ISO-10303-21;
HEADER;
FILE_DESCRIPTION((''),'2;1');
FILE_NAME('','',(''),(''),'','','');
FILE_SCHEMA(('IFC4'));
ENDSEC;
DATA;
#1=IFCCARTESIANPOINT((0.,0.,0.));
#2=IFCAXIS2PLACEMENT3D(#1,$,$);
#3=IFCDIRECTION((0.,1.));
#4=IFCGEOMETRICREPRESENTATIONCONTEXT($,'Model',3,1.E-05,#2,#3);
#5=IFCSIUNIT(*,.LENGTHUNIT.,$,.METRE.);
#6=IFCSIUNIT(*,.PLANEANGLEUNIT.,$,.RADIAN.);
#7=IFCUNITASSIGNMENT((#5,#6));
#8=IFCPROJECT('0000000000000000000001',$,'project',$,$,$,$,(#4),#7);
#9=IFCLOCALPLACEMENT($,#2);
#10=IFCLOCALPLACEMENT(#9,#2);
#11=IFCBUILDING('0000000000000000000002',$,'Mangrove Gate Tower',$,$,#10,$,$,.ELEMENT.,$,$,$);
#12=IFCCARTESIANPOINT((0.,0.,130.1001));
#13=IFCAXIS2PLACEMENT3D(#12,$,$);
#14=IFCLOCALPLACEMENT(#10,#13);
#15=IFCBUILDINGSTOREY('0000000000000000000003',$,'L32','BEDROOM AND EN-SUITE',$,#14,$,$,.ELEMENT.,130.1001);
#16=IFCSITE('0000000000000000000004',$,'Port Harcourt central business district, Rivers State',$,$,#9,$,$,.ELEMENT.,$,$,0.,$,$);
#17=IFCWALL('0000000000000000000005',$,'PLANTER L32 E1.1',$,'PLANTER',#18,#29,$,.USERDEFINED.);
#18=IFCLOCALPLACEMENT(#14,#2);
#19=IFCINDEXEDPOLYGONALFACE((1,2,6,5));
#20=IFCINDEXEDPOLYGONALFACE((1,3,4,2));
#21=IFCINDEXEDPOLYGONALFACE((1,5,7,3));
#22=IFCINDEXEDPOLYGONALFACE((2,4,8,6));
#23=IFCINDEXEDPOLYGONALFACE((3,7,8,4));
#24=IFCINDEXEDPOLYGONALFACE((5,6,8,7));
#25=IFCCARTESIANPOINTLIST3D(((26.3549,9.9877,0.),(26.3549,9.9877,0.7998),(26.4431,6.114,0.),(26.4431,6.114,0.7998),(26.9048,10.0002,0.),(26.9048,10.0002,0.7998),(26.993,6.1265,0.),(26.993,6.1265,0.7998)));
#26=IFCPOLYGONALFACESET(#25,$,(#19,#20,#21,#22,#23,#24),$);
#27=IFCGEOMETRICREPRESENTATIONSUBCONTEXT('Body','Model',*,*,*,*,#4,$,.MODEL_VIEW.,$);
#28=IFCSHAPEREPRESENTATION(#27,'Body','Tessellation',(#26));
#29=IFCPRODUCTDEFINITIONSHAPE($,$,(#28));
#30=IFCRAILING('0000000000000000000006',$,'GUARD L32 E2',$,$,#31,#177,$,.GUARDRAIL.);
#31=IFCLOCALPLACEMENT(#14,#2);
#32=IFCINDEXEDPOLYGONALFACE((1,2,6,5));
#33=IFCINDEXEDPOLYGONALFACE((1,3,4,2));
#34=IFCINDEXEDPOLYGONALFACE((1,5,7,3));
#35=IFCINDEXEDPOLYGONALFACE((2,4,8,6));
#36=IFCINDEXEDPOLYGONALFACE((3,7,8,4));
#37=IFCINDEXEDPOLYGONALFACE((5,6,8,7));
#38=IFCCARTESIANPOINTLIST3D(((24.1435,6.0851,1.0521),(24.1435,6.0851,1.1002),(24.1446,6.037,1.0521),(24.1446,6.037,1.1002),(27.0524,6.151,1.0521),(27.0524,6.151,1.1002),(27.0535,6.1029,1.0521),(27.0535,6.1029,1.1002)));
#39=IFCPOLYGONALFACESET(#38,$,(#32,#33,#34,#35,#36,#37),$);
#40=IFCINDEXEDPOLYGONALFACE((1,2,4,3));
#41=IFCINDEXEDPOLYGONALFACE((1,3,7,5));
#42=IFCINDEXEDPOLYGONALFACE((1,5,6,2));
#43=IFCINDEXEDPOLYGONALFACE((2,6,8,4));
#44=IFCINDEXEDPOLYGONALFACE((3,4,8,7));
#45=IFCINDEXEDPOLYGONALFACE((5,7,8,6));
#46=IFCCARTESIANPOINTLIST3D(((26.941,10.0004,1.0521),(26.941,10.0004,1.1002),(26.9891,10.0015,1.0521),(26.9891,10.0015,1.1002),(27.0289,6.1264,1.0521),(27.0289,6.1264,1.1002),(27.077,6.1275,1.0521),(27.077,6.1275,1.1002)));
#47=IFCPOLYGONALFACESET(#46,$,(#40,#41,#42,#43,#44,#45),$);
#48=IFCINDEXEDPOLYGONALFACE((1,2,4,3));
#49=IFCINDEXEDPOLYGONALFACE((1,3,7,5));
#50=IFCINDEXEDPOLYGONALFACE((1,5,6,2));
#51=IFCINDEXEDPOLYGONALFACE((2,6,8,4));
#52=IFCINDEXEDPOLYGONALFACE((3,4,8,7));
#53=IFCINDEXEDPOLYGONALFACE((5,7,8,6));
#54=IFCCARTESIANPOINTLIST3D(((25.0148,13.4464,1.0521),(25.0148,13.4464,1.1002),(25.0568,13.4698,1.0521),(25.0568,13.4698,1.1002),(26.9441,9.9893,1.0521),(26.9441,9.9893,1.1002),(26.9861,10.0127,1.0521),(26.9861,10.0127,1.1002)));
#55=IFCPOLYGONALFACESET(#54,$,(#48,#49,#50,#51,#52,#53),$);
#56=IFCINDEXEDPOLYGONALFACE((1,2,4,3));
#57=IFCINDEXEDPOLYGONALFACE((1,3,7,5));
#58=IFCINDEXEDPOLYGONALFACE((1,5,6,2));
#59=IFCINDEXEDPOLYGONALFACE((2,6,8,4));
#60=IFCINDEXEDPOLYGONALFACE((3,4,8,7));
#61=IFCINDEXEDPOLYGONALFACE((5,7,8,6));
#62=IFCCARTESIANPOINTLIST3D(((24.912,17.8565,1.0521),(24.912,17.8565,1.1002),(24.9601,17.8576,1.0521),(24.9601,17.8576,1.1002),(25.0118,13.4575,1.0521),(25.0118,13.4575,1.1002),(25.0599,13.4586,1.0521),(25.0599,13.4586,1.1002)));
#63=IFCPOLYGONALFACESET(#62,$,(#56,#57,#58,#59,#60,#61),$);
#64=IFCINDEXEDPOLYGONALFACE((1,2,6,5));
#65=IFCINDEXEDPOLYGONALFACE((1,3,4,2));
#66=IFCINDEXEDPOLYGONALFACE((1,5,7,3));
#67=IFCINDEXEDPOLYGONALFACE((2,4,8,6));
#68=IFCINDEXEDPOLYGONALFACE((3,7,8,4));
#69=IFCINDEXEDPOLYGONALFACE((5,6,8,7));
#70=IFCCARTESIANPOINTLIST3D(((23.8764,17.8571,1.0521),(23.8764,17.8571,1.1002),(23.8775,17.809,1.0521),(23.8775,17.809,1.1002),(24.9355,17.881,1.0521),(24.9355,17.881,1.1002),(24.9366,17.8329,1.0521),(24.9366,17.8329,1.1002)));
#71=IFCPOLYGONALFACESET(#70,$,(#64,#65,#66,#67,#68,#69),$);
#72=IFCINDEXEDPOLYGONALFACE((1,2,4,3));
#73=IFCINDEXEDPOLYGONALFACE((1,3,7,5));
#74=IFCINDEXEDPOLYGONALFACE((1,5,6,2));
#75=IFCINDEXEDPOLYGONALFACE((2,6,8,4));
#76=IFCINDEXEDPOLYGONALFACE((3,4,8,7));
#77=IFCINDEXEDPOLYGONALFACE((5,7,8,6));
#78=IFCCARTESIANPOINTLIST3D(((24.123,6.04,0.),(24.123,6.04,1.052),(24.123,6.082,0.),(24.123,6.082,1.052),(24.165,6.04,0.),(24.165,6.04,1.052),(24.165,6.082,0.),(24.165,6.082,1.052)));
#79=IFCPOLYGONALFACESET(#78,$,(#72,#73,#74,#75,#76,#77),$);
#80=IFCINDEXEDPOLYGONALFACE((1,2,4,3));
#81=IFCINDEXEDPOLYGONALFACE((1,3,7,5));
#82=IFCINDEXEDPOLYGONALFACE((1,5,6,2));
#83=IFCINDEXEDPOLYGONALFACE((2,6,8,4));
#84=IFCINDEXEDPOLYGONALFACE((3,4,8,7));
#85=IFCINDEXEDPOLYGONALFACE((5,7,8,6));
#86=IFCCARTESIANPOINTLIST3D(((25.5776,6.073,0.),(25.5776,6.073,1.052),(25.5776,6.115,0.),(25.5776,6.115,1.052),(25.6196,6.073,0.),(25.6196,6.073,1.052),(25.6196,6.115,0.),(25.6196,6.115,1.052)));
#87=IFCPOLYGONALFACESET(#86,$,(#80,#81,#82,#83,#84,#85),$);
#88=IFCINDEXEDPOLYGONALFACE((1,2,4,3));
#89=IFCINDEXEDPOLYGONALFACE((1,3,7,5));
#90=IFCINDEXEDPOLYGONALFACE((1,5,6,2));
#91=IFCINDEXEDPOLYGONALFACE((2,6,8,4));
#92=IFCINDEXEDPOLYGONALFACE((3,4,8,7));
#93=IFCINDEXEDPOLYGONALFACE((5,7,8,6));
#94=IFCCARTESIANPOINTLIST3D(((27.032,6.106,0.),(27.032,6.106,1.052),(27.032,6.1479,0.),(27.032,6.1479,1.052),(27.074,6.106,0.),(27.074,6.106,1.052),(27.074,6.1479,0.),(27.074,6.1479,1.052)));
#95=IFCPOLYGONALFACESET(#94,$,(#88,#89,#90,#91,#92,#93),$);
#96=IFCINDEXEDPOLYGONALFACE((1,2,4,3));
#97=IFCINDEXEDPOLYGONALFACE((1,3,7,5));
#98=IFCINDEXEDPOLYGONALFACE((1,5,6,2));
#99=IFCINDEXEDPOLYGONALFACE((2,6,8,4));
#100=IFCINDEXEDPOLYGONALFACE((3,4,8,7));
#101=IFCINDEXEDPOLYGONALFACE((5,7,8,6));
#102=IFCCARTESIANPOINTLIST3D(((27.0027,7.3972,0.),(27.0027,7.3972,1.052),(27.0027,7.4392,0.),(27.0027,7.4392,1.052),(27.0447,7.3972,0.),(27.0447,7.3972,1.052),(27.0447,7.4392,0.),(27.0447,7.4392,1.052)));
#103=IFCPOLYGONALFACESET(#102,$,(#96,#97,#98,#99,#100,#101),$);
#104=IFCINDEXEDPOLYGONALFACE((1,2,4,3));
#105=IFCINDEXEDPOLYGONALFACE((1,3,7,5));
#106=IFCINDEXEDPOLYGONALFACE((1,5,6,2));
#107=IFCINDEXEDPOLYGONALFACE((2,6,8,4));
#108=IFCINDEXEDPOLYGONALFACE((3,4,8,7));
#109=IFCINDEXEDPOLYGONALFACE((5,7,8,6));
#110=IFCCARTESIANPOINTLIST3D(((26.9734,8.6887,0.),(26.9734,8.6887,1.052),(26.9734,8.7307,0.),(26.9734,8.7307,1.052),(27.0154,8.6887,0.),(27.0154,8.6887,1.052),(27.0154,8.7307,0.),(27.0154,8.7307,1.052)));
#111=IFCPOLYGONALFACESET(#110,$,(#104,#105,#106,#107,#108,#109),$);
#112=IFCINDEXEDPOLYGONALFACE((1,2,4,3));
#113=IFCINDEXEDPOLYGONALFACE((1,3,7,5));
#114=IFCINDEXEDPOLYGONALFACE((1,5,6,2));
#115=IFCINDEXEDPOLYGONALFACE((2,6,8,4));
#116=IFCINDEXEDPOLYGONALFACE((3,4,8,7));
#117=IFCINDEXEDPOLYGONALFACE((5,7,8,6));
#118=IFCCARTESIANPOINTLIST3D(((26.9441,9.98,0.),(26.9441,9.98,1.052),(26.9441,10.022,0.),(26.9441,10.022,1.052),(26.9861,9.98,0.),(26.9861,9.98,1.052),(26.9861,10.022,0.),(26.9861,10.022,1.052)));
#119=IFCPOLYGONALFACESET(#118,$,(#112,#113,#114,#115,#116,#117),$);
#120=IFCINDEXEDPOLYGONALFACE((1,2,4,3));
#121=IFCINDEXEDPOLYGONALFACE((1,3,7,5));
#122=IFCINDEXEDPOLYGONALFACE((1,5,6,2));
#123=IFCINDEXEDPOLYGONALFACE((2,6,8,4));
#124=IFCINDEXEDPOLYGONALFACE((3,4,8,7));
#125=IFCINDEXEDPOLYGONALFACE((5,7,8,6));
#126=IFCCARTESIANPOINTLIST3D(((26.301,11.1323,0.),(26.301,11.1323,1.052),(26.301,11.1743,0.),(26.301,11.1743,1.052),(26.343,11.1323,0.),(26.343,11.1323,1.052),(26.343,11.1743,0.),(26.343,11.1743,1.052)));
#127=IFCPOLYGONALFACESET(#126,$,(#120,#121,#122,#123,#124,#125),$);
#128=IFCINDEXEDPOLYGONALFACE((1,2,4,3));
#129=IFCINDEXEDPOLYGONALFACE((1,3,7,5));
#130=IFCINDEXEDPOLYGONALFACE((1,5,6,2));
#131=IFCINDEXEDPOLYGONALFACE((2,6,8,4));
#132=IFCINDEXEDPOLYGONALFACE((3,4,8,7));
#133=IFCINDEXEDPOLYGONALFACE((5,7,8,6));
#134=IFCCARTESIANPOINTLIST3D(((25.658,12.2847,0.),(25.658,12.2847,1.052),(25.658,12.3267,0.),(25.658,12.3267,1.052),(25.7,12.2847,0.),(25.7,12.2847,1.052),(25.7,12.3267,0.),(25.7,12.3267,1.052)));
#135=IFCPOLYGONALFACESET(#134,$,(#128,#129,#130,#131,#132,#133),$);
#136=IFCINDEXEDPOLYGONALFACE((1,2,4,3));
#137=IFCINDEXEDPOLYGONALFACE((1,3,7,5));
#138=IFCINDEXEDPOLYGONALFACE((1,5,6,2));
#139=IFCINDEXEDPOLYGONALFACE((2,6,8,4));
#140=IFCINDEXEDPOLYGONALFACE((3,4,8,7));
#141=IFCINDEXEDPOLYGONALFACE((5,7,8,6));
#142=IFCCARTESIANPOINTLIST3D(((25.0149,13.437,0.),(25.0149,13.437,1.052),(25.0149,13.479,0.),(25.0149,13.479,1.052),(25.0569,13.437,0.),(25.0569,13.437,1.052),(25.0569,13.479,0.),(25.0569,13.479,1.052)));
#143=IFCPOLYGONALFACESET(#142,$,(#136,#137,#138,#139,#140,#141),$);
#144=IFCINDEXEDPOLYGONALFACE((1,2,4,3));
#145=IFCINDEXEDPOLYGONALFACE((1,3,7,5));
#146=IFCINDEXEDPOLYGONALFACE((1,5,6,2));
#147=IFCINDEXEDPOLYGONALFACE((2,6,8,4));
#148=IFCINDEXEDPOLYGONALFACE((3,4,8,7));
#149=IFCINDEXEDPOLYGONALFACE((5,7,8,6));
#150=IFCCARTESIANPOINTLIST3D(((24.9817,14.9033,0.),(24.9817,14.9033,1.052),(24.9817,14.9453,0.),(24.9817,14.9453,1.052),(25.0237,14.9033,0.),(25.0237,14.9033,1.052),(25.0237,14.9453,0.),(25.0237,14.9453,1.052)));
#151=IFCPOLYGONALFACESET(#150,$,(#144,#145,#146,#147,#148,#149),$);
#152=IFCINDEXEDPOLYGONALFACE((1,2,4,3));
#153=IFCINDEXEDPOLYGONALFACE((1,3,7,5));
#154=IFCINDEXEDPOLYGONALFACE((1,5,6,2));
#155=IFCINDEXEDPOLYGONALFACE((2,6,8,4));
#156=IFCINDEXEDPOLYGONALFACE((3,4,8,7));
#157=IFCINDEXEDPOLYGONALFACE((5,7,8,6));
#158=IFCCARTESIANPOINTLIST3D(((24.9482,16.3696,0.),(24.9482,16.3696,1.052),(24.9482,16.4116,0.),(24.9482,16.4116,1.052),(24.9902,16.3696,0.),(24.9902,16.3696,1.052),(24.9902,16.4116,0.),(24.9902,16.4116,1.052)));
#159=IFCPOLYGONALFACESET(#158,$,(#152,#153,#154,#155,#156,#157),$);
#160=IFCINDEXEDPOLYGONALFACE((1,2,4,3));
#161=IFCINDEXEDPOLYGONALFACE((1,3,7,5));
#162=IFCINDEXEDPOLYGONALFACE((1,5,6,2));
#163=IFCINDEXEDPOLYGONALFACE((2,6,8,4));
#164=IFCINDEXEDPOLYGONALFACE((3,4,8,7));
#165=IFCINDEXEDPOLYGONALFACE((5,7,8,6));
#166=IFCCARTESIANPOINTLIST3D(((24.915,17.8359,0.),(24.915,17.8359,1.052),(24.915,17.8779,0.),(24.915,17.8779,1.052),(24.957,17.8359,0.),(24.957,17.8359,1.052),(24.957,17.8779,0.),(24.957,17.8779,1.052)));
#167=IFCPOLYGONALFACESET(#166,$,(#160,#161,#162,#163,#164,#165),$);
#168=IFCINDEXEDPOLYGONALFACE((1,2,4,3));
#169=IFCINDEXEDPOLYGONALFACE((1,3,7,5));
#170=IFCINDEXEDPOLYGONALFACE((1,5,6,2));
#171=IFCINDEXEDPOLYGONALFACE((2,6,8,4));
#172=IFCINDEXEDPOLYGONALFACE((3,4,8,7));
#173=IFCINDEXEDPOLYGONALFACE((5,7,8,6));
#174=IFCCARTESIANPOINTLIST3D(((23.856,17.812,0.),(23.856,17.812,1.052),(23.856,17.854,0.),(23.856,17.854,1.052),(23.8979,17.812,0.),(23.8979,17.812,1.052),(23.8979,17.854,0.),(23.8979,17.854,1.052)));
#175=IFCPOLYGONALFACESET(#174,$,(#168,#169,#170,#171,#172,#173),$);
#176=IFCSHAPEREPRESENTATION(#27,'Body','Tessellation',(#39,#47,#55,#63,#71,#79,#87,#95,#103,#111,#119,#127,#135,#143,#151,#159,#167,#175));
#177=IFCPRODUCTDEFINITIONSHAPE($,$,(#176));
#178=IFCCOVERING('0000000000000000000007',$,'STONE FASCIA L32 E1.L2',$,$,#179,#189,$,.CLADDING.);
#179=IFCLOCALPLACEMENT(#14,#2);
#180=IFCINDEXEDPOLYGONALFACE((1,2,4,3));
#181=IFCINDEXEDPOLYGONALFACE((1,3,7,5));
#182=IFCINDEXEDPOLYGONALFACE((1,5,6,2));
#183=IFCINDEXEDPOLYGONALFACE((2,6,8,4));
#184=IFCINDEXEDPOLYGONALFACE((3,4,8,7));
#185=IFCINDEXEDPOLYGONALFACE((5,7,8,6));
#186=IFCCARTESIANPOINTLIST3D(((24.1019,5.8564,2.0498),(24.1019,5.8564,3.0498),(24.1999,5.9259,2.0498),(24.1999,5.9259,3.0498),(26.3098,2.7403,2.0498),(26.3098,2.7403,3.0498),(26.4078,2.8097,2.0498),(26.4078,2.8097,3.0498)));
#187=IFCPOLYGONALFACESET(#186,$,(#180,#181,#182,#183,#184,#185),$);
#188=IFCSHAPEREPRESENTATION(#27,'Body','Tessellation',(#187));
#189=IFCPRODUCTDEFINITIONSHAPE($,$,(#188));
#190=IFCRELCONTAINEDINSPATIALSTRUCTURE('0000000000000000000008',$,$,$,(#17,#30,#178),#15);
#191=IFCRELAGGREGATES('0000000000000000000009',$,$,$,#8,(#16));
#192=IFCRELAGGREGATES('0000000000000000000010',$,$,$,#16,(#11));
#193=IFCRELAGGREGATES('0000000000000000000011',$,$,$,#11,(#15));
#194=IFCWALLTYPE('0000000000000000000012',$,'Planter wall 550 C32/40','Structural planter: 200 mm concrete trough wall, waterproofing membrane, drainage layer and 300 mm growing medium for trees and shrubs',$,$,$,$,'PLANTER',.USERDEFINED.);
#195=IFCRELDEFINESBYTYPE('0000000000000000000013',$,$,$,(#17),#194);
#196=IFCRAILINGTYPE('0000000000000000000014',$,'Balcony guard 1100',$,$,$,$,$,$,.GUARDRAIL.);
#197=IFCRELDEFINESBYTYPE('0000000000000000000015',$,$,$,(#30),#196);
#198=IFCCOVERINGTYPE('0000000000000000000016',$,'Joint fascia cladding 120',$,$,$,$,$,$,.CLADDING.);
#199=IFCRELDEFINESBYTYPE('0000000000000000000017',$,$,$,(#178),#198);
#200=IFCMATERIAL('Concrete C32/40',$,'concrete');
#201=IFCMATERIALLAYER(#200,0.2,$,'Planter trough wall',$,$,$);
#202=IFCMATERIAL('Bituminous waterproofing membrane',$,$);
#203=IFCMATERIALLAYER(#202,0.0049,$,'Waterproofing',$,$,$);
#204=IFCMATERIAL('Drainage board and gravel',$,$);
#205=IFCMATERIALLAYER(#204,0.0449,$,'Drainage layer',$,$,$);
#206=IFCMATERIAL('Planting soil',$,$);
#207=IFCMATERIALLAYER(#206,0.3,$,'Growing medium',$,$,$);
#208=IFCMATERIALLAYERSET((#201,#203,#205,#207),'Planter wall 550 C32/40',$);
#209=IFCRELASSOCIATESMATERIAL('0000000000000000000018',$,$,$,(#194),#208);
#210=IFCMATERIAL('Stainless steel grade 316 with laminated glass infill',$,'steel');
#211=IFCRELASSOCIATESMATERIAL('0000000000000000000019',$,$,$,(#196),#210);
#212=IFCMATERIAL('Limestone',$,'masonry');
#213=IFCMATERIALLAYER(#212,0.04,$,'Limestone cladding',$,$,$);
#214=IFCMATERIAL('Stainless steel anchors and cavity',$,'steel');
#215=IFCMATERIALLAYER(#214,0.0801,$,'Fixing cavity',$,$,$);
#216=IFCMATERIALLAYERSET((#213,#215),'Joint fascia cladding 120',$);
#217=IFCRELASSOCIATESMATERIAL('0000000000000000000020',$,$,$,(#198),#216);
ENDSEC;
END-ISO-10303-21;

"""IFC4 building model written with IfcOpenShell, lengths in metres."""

from ifc_helpers import new_model, si_unit, direction, frame, frame_2d, origin, origin_2d, place, context, subcontext, project, spatial, rectangle, extrude, material, layer, layer_set, type_object, element, save


model = new_model("IFC4")

# Units and contexts
model_context = context("Model", 3, precision=1e-05, world=origin(), true_north=direction((0.0, 1.0)))
body_context = subcontext(model_context, "Body", "Model", "MODEL_VIEW")
ifc_project = project(units=[si_unit("LENGTHUNIT", "METRE"), si_unit("PLANEANGLEUNIT", "RADIAN")], contexts=[model_context])

# Site, building, storey
site_placement = place(None, origin())
site = spatial("IfcSite", under=ifc_project, at=site_placement, Name="Port Harcourt central business district, Rivers State", CompositionType="ELEMENT", RefElevation=0.0)
building_placement = place(site_placement, origin())
building = spatial("IfcBuilding", under=site, at=building_placement, Name="Mangrove Gate Tower", CompositionType="ELEMENT")
storey_placement = place(building_placement, frame((0.0, 0.0, 130.1001)))
storey = spatial("IfcBuildingStorey", under=building, at=storey_placement, Name="L32", Description="BEDROOM AND EN-SUITE", CompositionType="ELEMENT", Elevation=130.1001)

# Shared definitions
ifc_material_1 = material(Name="Limestone", Category="masonry")

# Wall
ifc_material_2 = material(Name="Concrete C32/40", Category="concrete")
ifc_layer_1 = layer(ifc_material_2, 0.2, Name="Planter trough wall")
ifc_material_3 = material(Name="Bituminous waterproofing membrane")
ifc_layer_2 = layer(ifc_material_3, 0.0049, Name="Waterproofing")
ifc_material_4 = material(Name="Drainage board and gravel")
ifc_layer_3 = layer(ifc_material_4, 0.0449, Name="Drainage layer")
ifc_material_5 = material(Name="Planting soil")
ifc_layer_4 = layer(ifc_material_5, 0.3, Name="Growing medium")
ifc_layer_set_1 = layer_set([ifc_layer_1, ifc_layer_2, ifc_layer_3, ifc_layer_4], Name="Planter wall 550 C32/40")
wall_type_1 = type_object("IfcWallType", Name="Planter wall 550 C32/40", Description="Structural planter: 200 mm concrete trough wall, waterproofing membrane, drainage layer and 300 mm growing medium for trees and shrubs", ElementType="PLANTER", PredefinedType="USERDEFINED", material=ifc_layer_set_1)
wall_1_placement = place(storey_placement, frame((26.718, 6.1201, 0.0), z_axis=(0.0, 0.0, 1.0), x_axis=(-0.022746, 0.999741, 0.0)))
element("IfcWall", 1, at=wall_1_placement, inside=storey, type_object=wall_type_1, Name="PLANTER L32 E1.1", ObjectType="PLANTER", PredefinedType="USERDEFINED", context=body_context, shape_type="SweptSolid", body=[
    extrude(rectangle(XDim=3.8748, YDim=0.55, at=frame_2d((1.9375, 0.0))), origin(), (0.0, 0.0, 1.0), 0.7998),
])

# Railing
ifc_material_6 = material(Name="Stainless steel grade 316 with laminated glass infill", Category="steel")
railing_type = type_object("IfcRailingType", Name="Balcony guard 1100", PredefinedType="GUARDRAIL", material=ifc_material_6)
railing_placement = place(storey_placement, frame((24.144, 6.061, 0.0)))
element("IfcRailing", 2, at=railing_placement, inside=storey, type_object=railing_type, Name="GUARD L32 E2", PredefinedType="GUARDRAIL", context=body_context, shape_type="SweptSolid", body=[
    extrude(rectangle(XDim=0.0481, YDim=0.0481, at=origin_2d()), frame((0.0, 0.0, 1.0762), z_axis=(0.999743, 0.022655, 0.0), x_axis=(-0.022655, 0.999743, 0.0)), (0.0, 0.0, 1.0), 2.9097),
    extrude(rectangle(XDim=0.0481, YDim=0.0481, at=origin_2d()), frame((2.9089, 0.0659, 1.0762), z_axis=(-0.022681, 0.999743, 0.0), x_axis=(-0.999743, -0.022681, 0.0)), (0.0, 0.0, 1.0), 3.875),
    extrude(rectangle(XDim=0.0481, YDim=0.0481, at=origin_2d()), frame((2.821, 3.9399, 1.0762), z_axis=(-0.487307, 0.873231, 0.0), x_axis=(-0.873231, -0.487307, 0.0)), (0.0, 0.0, 1.0), 3.959),
    extrude(rectangle(XDim=0.0481, YDim=0.0481, at=origin_2d()), frame((0.8918, 7.397, 1.0762), z_axis=(-0.022694, 0.999742, 0.0), x_axis=(-0.999742, -0.022694, 0.0)), (0.0, 0.0, 1.0), 4.4001),
    extrude(rectangle(XDim=0.0481, YDim=0.0481, at=origin_2d()), frame((0.792, 11.7959, 1.0762), z_axis=(-0.999745, -0.022585, 0.0), x_axis=(0.022585, -0.999745, 0.0)), (0.0, 0.0, 1.0), 1.0593),
    extrude(rectangle(XDim=0.042, YDim=0.042, at=origin_2d()), origin(), (0.0, 0.0, 1.0), 1.052),
    extrude(rectangle(XDim=0.042, YDim=0.042, at=origin_2d()), frame((1.4546, 0.033, 0.0)), (0.0, 0.0, 1.0), 1.052),
    extrude(rectangle(XDim=0.042, YDim=0.042, at=origin_2d()), frame((2.9089, 0.0659, 0.0)), (0.0, 0.0, 1.0), 1.052),
    extrude(rectangle(XDim=0.042, YDim=0.042, at=origin_2d()), frame((2.8796, 1.3572, 0.0)), (0.0, 0.0, 1.0), 1.052),
    extrude(rectangle(XDim=0.042, YDim=0.042, at=origin_2d()), frame((2.8503, 2.6487, 0.0)), (0.0, 0.0, 1.0), 1.052),
    extrude(rectangle(XDim=0.042, YDim=0.042, at=origin_2d()), frame((2.821, 3.9399, 0.0)), (0.0, 0.0, 1.0), 1.052),
    extrude(rectangle(XDim=0.042, YDim=0.042, at=origin_2d()), frame((2.178, 5.0923, 0.0)), (0.0, 0.0, 1.0), 1.052),
    extrude(rectangle(XDim=0.042, YDim=0.042, at=origin_2d()), frame((1.5349, 6.2446, 0.0)), (0.0, 0.0, 1.0), 1.052),
    extrude(rectangle(XDim=0.042, YDim=0.042, at=origin_2d()), frame((0.8918, 7.397, 0.0)), (0.0, 0.0, 1.0), 1.052),
    extrude(rectangle(XDim=0.042, YDim=0.042, at=origin_2d()), frame((0.8586, 8.8633, 0.0)), (0.0, 0.0, 1.0), 1.052),
    extrude(rectangle(XDim=0.042, YDim=0.042, at=origin_2d()), frame((0.8252, 10.3296, 0.0)), (0.0, 0.0, 1.0), 1.052),
    extrude(rectangle(XDim=0.042, YDim=0.042, at=origin_2d()), frame((0.792, 11.7959, 0.0)), (0.0, 0.0, 1.0), 1.052),
    extrude(rectangle(XDim=0.042, YDim=0.042, at=origin_2d()), frame((-0.2671, 11.772, 0.0)), (0.0, 0.0, 1.0), 1.052),
])

# Covering
ifc_layer_5 = layer(ifc_material_1, 0.04, Name="Limestone cladding")
ifc_material_7 = material(Name="Stainless steel anchors and cavity", Category="steel")
ifc_layer_6 = layer(ifc_material_7, 0.0801, Name="Fixing cavity")
ifc_layer_set_2 = layer_set([ifc_layer_5, ifc_layer_6], Name="Joint fascia cladding 120")
covering_type = type_object("IfcCoveringType", Name="Joint fascia cladding 120", PredefinedType="CLADDING", material=ifc_layer_set_2)
covering_placement = place(storey_placement, frame((26.3589, 2.7749, 2.0498), z_axis=(0.0, 0.0, 1.0), x_axis=(-0.578138, 0.815939, 0.0)))
element("IfcCovering", 3, at=covering_placement, inside=storey, type_object=covering_type, Name="STONE FASCIA L32 E1.L2", PredefinedType="CLADDING", context=body_context, shape_type="SweptSolid", body=[
    extrude(rectangle(XDim=3.8191, YDim=0.1201, at=frame_2d((1.9097, 0.0))), origin(), (0.0, 0.0, 1.0), 1.0),
])

save(model, "model.ifc")
